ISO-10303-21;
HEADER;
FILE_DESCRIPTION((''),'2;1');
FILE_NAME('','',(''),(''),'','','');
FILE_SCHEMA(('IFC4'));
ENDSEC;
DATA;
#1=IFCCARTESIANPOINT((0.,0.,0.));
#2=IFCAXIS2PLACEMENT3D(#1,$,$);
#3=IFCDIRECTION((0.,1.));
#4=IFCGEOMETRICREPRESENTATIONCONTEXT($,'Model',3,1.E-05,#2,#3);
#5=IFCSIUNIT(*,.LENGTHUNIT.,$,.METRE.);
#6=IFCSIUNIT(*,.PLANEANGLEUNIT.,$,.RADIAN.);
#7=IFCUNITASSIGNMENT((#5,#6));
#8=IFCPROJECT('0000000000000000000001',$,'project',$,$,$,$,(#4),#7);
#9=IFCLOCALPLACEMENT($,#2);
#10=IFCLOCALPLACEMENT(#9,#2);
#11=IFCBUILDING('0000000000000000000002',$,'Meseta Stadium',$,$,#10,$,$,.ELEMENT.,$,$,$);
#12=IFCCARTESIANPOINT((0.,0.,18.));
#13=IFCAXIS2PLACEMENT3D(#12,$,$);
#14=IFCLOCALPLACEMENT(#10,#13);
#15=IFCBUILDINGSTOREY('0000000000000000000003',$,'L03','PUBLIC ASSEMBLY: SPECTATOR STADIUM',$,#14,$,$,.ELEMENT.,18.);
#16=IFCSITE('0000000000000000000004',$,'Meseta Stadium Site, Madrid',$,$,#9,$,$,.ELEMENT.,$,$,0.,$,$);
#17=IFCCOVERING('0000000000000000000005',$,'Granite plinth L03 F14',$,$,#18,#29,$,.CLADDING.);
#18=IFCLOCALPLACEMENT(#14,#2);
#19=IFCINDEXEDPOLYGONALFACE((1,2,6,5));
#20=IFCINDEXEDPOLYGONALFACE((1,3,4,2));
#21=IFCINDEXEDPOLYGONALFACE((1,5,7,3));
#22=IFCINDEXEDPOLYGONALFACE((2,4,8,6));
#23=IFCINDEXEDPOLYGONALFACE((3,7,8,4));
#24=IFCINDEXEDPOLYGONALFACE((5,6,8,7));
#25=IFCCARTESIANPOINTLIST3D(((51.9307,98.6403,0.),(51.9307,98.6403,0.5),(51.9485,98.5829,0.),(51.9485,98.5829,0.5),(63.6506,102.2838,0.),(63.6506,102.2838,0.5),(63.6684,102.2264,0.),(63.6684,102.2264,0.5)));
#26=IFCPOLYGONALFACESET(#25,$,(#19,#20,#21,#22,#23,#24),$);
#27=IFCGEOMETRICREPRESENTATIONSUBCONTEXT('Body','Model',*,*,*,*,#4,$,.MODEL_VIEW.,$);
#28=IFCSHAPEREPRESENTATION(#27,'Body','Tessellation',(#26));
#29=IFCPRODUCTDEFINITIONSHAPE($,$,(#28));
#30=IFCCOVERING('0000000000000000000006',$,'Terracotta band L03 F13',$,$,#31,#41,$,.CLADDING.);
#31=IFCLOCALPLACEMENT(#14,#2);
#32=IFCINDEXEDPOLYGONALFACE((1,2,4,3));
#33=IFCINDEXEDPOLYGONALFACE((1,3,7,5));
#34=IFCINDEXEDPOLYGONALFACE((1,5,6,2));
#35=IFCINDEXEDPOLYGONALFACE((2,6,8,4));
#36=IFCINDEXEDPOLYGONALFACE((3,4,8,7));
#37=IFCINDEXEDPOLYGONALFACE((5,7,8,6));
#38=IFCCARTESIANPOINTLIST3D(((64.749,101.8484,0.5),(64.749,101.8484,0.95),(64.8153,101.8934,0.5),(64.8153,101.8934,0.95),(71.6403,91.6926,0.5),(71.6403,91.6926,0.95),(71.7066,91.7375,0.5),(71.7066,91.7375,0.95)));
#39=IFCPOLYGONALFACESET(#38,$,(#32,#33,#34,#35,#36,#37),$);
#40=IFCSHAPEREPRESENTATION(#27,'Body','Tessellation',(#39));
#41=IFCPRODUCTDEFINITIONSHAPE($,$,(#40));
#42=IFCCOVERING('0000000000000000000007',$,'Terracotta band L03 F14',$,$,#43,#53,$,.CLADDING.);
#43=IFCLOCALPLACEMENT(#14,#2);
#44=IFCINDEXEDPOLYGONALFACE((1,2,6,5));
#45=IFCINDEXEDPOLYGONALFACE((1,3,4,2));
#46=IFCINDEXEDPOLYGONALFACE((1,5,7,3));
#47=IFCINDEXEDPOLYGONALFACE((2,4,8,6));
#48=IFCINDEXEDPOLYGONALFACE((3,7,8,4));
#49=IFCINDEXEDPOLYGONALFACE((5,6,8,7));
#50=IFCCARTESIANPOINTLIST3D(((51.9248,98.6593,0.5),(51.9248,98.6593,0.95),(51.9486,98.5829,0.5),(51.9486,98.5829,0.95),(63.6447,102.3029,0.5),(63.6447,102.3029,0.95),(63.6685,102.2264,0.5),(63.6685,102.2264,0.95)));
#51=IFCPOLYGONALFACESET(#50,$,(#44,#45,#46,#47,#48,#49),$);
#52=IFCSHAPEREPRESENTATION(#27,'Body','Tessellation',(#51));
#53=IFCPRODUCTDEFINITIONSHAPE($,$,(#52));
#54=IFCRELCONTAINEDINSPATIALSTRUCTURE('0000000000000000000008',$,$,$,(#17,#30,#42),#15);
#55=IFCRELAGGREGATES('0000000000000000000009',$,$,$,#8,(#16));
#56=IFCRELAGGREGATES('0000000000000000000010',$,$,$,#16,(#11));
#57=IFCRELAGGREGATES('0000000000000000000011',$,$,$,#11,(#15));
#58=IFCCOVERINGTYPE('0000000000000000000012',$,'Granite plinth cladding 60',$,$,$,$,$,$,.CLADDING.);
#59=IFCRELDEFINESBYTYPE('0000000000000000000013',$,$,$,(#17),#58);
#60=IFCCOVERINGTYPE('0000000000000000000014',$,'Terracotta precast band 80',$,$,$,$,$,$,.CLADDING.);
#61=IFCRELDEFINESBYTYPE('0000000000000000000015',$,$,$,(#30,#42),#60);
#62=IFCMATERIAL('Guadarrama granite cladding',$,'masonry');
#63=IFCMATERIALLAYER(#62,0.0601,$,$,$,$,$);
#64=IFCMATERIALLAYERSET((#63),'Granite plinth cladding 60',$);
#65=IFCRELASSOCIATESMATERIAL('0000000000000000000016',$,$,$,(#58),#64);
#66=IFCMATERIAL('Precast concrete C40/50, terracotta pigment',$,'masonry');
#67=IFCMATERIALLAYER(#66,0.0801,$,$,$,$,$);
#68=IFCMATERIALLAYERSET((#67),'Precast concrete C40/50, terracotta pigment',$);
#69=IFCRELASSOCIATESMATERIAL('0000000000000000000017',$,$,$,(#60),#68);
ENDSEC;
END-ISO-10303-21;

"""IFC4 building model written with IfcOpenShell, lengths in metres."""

from ifc_helpers import new_model, si_unit, direction, frame, origin, origin_2d, place, context, subcontext, project, spatial, rectangle, extrude, material, layer, layer_set, type_object, element, save


model = new_model("IFC4")

# Units and contexts
model_context = context("Model", 3, precision=1e-05, world=origin(), true_north=direction((0.0, 1.0)))
body_context = subcontext(model_context, "Body", "Model", "MODEL_VIEW")
ifc_project = project(units=[si_unit("LENGTHUNIT", "METRE"), si_unit("PLANEANGLEUNIT", "RADIAN")], contexts=[model_context])

# Site, building, storey
site_placement = place(None, origin())
site = spatial("IfcSite", under=ifc_project, at=site_placement, Name="Meseta Stadium Site, Madrid", CompositionType="ELEMENT", RefElevation=0.0)
building_placement = place(site_placement, origin())
building = spatial("IfcBuilding", under=site, at=building_placement, Name="Meseta Stadium", CompositionType="ELEMENT")
storey_placement = place(building_placement, frame((0.0, 0.0, 18.0)))
storey = spatial("IfcBuildingStorey", under=building, at=storey_placement, Name="L03", Description="PUBLIC ASSEMBLY: SPECTATOR STADIUM", CompositionType="ELEMENT", Elevation=18.0)

# Coverings
ifc_material_1 = material(Name="Guadarrama granite cladding", Category="masonry")
ifc_layer_1 = layer(ifc_material_1, 0.0601)
ifc_layer_set_1 = layer_set([ifc_layer_1], Name="Granite plinth cladding 60")
covering_type_1 = type_object("IfcCoveringType", Name="Granite plinth cladding 60", PredefinedType="CLADDING", material=ifc_layer_set_1)
for number, where, z_axis, x_axis, name in (
    (1, (57.7996, 100.4333, 0.0), (0.0, 0.0, 1.0), (0.954918, 0.296868, 0.0), "Granite plinth L03 F14"),
):
    element("IfcCovering", number, at=place(storey_placement, frame(where, z_axis=z_axis, x_axis=x_axis)), inside=storey, type_object=covering_type_1, Name=name, PredefinedType="CLADDING", context=body_context, shape_type="SweptSolid", body=[
        extrude(rectangle(XDim=12.2732, YDim=0.0601, at=origin_2d()), origin(), (0.0, 0.0, 1.0), 0.5),
    ])
ifc_material_2 = material(Name="Precast concrete C40/50, terracotta pigment", Category="masonry")
ifc_layer_2 = layer(ifc_material_2, 0.0801)
ifc_layer_set_2 = layer_set([ifc_layer_2], Name="Precast concrete C40/50, terracotta pigment")
covering_type_2 = type_object("IfcCoveringType", Name="Terracotta precast band 80", PredefinedType="CLADDING", material=ifc_layer_set_2)
for number, where, z_axis, x_axis, name in (
    (2, (68.2278, 96.793, 0.5), (0.0, 0.0, 1.0), (0.56149, -0.827484, 0.0), "Terracotta band L03 F13"),
    (3, (57.7966, 100.4429, 0.5), (0.0, 0.0, 1.0), (0.954918, 0.296868, 0.0), "Terracotta band L03 F14"),
):
    element("IfcCovering", number, at=place(storey_placement, frame(where, z_axis=z_axis, x_axis=x_axis)), inside=storey, type_object=covering_type_2, Name=name, PredefinedType="CLADDING", context=body_context, shape_type="SweptSolid", body=[
        extrude(rectangle(XDim=12.2732, YDim=0.0801, at=origin_2d()), origin(), (0.0, 0.0, 1.0), 0.45),
    ])

save(model, "model.ifc")
